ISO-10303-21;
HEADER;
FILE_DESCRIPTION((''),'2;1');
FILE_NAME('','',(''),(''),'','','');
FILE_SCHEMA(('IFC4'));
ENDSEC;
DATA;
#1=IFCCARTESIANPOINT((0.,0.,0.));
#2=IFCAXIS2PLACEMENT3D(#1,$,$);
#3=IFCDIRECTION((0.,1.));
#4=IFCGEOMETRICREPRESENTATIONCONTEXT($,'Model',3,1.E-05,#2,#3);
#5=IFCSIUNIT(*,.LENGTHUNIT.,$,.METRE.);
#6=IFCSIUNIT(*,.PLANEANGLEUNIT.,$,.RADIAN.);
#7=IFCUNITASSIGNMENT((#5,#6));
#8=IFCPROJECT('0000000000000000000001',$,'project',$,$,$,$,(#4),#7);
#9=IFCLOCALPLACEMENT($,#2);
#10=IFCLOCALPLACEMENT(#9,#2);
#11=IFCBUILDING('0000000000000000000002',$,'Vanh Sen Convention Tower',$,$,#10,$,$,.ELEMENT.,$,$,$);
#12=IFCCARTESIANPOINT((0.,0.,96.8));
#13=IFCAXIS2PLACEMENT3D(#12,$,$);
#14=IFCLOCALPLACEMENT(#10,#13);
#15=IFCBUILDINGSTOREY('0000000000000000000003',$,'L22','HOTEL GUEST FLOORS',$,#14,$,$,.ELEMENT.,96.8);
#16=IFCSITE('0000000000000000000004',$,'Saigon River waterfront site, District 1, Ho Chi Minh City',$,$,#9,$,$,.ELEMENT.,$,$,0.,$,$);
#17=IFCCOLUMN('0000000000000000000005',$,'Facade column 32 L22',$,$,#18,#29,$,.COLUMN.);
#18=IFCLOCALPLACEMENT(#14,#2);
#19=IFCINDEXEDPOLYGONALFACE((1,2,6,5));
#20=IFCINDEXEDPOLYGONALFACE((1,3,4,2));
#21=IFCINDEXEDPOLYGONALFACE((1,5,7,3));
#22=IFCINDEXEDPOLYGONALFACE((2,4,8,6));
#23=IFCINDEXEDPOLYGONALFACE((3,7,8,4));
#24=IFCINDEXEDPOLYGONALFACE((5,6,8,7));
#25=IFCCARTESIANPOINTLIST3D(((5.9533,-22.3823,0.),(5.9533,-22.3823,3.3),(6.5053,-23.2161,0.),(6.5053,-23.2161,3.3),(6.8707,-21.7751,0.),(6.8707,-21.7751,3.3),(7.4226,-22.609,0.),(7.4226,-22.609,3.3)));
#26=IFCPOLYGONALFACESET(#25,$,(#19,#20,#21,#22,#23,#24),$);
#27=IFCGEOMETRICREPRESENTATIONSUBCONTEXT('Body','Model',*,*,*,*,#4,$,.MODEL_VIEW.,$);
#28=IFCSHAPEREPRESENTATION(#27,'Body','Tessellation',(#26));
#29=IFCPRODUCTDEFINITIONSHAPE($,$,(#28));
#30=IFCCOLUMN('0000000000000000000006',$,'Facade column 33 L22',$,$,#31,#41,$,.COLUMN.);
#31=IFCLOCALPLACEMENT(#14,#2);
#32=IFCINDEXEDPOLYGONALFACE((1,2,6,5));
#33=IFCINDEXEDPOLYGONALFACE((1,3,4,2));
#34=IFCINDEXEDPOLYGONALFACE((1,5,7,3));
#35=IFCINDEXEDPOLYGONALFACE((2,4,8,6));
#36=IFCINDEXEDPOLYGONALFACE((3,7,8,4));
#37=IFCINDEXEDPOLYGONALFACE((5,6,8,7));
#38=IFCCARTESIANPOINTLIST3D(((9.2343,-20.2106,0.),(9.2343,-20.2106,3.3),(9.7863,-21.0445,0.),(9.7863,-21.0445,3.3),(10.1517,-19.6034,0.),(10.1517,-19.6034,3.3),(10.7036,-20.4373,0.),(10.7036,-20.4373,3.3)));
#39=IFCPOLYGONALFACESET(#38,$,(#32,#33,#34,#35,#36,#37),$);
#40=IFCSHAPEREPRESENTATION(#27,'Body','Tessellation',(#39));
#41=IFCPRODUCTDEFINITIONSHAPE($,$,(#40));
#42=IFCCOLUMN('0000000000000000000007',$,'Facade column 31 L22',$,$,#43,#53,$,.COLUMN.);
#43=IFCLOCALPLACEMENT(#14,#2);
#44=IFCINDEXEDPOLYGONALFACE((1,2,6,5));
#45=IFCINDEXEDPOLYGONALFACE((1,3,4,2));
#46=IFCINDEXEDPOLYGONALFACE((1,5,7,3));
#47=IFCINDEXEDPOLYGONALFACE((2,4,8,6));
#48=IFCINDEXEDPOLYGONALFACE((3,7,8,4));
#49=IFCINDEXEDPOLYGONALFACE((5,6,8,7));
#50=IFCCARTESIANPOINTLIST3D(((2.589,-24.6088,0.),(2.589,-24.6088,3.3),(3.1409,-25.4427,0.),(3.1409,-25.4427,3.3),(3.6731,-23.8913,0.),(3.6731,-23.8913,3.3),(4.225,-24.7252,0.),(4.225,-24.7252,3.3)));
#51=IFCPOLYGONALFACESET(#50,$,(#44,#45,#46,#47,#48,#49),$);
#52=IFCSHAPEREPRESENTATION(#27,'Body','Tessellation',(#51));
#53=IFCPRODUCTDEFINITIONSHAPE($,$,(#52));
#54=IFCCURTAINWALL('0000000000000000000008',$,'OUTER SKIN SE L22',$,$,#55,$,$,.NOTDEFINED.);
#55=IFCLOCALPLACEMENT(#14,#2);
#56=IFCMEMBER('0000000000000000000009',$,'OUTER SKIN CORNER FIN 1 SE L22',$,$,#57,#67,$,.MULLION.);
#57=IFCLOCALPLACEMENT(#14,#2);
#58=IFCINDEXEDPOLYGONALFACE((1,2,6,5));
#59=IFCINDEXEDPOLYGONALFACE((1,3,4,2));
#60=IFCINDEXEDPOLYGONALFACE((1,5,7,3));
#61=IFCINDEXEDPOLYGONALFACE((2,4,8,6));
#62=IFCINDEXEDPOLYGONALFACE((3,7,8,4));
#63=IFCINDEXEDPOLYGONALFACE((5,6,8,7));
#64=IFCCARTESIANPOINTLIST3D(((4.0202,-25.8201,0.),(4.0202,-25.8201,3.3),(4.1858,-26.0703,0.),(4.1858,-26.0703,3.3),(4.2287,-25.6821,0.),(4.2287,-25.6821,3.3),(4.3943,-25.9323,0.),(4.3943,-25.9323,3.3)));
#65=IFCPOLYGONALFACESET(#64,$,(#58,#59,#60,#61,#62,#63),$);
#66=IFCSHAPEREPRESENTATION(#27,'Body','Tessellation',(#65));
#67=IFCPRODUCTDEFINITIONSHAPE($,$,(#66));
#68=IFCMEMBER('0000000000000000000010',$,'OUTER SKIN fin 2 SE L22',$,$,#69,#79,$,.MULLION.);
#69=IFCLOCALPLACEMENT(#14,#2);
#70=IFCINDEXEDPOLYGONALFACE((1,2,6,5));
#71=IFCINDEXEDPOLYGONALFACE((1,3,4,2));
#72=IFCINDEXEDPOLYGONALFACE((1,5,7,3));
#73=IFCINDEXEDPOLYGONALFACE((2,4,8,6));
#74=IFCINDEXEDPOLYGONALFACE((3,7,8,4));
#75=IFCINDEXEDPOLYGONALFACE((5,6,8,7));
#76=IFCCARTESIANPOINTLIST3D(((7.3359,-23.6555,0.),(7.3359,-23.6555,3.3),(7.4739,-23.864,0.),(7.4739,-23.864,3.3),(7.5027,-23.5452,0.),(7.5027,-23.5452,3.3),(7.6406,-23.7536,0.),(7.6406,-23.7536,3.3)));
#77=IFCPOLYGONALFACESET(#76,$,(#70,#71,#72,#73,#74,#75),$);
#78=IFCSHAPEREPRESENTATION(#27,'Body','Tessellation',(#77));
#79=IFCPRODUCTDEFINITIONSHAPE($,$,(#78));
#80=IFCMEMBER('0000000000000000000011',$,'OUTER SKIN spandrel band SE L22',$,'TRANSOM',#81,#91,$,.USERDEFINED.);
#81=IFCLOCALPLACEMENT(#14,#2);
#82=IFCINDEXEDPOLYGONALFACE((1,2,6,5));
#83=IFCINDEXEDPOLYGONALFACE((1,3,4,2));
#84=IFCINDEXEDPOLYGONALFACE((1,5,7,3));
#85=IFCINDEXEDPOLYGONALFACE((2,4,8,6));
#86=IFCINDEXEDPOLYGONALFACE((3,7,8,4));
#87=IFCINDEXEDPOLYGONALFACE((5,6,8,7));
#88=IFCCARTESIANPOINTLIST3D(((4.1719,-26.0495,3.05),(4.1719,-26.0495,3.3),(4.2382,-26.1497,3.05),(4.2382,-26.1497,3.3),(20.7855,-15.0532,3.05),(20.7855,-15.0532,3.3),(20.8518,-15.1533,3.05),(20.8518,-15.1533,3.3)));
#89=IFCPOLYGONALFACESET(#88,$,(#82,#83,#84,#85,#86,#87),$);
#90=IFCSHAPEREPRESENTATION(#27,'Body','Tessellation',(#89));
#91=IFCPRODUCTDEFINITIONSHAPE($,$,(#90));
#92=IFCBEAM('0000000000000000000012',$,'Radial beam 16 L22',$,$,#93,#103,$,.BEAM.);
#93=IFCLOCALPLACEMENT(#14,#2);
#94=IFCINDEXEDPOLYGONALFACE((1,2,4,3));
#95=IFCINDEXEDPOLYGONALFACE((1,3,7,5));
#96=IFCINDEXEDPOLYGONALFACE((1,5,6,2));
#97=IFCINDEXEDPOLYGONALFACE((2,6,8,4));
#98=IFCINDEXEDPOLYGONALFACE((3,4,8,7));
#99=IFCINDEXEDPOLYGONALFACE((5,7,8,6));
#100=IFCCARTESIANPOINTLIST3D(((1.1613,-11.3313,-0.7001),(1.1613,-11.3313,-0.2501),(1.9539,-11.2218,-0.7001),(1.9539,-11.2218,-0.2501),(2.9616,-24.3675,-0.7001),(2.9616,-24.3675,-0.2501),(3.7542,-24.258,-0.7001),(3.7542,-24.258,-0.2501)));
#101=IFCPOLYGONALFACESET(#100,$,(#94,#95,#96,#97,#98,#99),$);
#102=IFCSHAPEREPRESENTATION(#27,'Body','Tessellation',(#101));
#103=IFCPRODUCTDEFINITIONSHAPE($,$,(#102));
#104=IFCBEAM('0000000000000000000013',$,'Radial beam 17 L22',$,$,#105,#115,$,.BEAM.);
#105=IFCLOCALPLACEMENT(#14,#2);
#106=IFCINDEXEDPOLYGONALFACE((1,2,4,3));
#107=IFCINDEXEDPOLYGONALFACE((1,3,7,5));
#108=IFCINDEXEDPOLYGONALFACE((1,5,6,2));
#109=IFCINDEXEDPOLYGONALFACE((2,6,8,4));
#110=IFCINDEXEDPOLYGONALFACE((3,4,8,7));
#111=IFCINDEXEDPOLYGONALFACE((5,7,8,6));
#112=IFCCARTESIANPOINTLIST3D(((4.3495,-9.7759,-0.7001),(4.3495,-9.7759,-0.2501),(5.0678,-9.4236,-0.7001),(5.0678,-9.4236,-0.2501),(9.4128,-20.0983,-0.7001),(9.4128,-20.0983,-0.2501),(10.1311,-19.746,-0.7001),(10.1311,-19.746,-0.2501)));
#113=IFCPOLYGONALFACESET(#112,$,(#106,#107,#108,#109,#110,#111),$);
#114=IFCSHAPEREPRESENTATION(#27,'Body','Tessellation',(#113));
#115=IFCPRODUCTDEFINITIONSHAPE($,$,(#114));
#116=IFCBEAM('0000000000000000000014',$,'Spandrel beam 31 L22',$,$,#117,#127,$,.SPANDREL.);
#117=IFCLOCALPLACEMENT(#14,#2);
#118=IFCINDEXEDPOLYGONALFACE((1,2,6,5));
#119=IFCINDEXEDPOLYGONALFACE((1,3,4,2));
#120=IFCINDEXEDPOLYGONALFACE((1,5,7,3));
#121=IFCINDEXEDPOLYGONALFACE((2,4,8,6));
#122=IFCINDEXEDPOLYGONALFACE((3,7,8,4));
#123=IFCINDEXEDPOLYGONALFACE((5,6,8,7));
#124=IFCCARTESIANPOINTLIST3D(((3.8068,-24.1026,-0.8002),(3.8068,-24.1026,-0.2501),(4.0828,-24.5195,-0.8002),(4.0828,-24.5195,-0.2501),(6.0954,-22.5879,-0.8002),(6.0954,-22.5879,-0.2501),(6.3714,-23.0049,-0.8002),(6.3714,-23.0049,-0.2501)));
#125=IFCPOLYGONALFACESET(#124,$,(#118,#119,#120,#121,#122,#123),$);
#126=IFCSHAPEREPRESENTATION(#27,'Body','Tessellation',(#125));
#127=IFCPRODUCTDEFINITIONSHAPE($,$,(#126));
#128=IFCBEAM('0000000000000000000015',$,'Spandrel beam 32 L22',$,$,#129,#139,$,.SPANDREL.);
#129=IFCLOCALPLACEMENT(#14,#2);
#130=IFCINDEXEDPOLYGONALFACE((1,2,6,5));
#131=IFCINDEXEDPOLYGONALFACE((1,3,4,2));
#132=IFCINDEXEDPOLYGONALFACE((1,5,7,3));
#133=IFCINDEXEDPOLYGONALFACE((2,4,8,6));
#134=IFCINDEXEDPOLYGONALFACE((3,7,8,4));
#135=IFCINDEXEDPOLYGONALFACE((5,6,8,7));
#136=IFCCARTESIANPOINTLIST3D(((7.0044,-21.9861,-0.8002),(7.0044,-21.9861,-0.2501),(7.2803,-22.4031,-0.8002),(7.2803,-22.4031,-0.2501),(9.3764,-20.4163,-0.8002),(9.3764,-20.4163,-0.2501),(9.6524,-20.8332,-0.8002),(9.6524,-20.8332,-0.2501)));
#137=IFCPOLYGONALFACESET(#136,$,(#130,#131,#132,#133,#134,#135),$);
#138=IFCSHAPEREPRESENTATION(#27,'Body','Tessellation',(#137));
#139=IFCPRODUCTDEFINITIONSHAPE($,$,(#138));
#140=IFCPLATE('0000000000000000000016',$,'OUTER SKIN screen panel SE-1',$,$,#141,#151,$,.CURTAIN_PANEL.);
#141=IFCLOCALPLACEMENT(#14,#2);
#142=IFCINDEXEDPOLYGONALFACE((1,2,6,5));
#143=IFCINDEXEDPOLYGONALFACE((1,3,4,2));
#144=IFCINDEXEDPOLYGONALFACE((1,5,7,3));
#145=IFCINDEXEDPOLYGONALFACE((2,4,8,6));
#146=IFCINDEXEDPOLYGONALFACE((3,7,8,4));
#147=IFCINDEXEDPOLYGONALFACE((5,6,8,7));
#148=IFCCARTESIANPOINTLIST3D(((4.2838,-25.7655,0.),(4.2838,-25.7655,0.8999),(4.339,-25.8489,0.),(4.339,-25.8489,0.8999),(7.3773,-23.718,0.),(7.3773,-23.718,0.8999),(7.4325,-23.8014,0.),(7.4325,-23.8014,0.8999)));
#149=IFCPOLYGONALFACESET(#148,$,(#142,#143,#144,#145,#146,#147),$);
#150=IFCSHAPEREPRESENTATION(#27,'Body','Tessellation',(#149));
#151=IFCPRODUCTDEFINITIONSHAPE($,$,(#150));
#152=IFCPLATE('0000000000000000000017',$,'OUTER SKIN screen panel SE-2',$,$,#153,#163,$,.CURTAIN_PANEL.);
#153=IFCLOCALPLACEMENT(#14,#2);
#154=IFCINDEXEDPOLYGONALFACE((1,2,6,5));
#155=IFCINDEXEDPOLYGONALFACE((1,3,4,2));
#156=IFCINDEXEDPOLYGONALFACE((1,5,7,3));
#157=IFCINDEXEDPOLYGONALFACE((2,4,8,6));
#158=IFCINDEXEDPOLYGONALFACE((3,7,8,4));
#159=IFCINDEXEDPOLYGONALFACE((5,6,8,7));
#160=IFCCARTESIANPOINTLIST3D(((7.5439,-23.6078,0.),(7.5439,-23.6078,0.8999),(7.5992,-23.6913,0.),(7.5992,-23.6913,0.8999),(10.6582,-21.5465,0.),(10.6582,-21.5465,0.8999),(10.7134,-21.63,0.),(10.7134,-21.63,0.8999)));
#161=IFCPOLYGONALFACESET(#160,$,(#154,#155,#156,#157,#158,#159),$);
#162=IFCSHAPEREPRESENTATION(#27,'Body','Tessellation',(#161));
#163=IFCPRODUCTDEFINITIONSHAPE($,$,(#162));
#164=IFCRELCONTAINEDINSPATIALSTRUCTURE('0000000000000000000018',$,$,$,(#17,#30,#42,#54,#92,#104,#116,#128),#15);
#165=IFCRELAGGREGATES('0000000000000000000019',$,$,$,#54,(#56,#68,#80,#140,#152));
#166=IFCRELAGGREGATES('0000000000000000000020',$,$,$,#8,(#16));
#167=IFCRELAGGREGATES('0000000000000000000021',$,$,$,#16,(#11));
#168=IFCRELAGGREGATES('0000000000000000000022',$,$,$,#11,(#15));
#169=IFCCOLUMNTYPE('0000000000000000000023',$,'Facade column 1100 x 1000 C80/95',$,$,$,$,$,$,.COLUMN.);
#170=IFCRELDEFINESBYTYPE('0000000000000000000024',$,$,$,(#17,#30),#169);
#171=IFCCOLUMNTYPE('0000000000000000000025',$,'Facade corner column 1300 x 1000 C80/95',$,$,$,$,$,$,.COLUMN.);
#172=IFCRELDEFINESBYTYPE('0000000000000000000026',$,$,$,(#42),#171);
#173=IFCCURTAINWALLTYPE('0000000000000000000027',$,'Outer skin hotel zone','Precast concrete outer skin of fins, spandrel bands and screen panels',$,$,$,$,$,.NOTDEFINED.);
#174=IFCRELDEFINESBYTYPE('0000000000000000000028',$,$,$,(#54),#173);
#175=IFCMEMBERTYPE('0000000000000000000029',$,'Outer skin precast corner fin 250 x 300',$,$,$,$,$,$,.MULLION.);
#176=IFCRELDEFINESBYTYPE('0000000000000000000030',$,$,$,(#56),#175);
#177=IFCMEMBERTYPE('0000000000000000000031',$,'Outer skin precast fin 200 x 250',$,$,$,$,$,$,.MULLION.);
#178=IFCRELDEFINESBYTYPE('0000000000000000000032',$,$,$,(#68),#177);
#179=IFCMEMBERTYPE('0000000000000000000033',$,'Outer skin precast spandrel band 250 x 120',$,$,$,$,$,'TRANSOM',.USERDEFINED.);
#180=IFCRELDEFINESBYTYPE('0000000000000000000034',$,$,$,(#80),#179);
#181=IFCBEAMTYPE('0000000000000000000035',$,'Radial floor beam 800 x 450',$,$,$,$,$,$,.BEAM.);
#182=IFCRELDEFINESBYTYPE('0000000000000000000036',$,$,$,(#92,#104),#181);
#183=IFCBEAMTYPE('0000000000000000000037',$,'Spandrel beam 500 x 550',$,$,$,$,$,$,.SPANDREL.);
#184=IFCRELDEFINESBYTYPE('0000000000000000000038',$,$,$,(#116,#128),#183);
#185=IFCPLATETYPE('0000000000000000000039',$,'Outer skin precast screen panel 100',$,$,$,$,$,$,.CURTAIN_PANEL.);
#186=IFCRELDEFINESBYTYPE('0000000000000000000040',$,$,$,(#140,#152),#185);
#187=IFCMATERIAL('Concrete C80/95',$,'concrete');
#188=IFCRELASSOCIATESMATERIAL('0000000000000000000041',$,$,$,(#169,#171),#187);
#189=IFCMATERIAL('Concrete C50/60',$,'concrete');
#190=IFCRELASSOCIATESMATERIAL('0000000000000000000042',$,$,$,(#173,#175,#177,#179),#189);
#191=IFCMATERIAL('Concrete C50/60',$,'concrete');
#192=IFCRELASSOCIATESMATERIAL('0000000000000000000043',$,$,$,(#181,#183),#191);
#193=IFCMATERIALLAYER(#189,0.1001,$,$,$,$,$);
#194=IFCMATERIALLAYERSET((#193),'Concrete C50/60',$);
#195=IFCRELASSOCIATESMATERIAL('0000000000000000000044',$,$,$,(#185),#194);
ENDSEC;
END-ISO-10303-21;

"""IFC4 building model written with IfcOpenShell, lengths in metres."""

from ifc_helpers import new_model, si_unit, direction, frame, origin, origin_2d, place, context, subcontext, project, spatial, rectangle, extrude, material, layer, layer_set, material_profile, profile_set, type_object, element, aggregate, save


model = new_model("IFC4")

# Units and contexts
model_context = context("Model", 3, precision=1e-05, world=origin(), true_north=direction((0.0, 1.0)))
body_context = subcontext(model_context, "Body", "Model", "MODEL_VIEW")
ifc_project = project(units=[si_unit("LENGTHUNIT", "METRE"), si_unit("PLANEANGLEUNIT", "RADIAN")], contexts=[model_context])

# Site, building, storey
site_placement = place(None, origin())
site = spatial("IfcSite", under=ifc_project, at=site_placement, Name="Saigon River waterfront site, District 1, Ho Chi Minh City", CompositionType="ELEMENT", RefElevation=0.0)
building_placement = place(site_placement, origin())
building = spatial("IfcBuilding", under=site, at=building_placement, Name="Vanh Sen Convention Tower", CompositionType="ELEMENT")
storey_placement = place(building_placement, frame((0.0, 0.0, 96.8)))
storey = spatial("IfcBuildingStorey", under=building, at=storey_placement, Name="L22", Description="HOTEL GUEST FLOORS", CompositionType="ELEMENT", Elevation=96.8)

# Columns
ifc_material_1 = material(Name="Concrete C80/95", Category="concrete")
ifc_material_profile_1 = material_profile(ifc_material_1, rectangle(XDim=1.1001, YDim=1.0, at=origin_2d()), Name="RC 1100X1000")
ifc_profile_set_1 = profile_set([ifc_material_profile_1], Name="Concrete C80/95")
column_type_1 = type_object("IfcColumnType", Name="Facade column 1100 x 1000 C80/95", PredefinedType="COLUMN", material=ifc_profile_set_1)
for number, where, z_axis, x_axis, name in (
    (1, (6.688, -22.4956, 0.0), (0.0, 0.0, 1.0), (0.833886, 0.551937, 0.0), "Facade column 32 L22"),
    (2, (9.969, -20.324, 0.0), (0.0, 0.0, 1.0), (0.833886, 0.551937, 0.0), "Facade column 33 L22"),
):
    element("IfcColumn", number, at=place(storey_placement, frame(where, z_axis=z_axis, x_axis=x_axis)), inside=storey, type_object=column_type_1, Name=name, PredefinedType="COLUMN", context=body_context, shape_type="SweptSolid", body=[
        extrude(rectangle(XDim=1.1001, YDim=1.0, at=origin_2d()), origin(), (0.0, 0.0, 1.0), 3.3),
    ])
ifc_material_profile_2 = material_profile(ifc_material_1, rectangle(XDim=1.3, YDim=1.0, at=origin_2d()), Name="RC 1300X1000")
ifc_profile_set_2 = profile_set([ifc_material_profile_2], Name="Concrete C80/95")
column_type_2 = type_object("IfcColumnType", Name="Facade corner column 1300 x 1000 C80/95", PredefinedType="COLUMN", material=ifc_profile_set_2)
column_placement = place(storey_placement, frame((3.407, -24.667, 0.0), z_axis=(0.0, 0.0, 1.0), x_axis=(0.833886, 0.551937, 0.0)))
element("IfcColumn", 3, at=column_placement, inside=storey, type_object=column_type_2, Name="Facade column 31 L22", PredefinedType="COLUMN", context=body_context, shape_type="SweptSolid", body=[
    extrude(rectangle(XDim=1.3, YDim=1.0, at=origin_2d()), origin(), (0.0, 0.0, 1.0), 3.3),
])

# Curtain wall, members
ifc_material_2 = material(Name="Concrete C50/60", Category="concrete")
curtain_wall_type = type_object("IfcCurtainWallType", Name="Outer skin hotel zone", Description="Precast concrete outer skin of fins, spandrel bands and screen panels", PredefinedType="NOTDEFINED", material=ifc_material_2)
curtain_wall_placement = place(storey_placement, origin())
curtain_wall = element("IfcCurtainWall", 4, at=curtain_wall_placement, inside=storey, type_object=curtain_wall_type, Name="OUTER SKIN SE L22", PredefinedType="NOTDEFINED")
ifc_material_profile_3 = material_profile(ifc_material_2, rectangle(XDim=0.25, YDim=0.3, at=origin_2d()), Name="Outer skin precast corner fin 250 x 300")
ifc_profile_set_3 = profile_set([ifc_material_profile_3], Name="Concrete C50/60")
member_type_1 = type_object("IfcMemberType", Name="Outer skin precast corner fin 250 x 300", PredefinedType="MULLION", material=ifc_profile_set_3)
member_1_placement = place(storey_placement, frame((4.2073, -25.8762, 0.0), z_axis=(0.0, 0.0, 1.0), x_axis=(0.833886, 0.551937, 0.0)))
member_1 = element("IfcMember", 5, at=member_1_placement, type_object=member_type_1, Name="OUTER SKIN CORNER FIN 1 SE L22", PredefinedType="MULLION", context=body_context, shape_type="SweptSolid", body=[
    extrude(rectangle(XDim=0.25, YDim=0.3, at=origin_2d()), origin(), (0.0, 0.0, 1.0), 3.3),
])
ifc_material_profile_4 = material_profile(ifc_material_2, rectangle(XDim=0.2, YDim=0.25, at=origin_2d()), Name="Outer skin precast fin 200 x 250")
ifc_profile_set_4 = profile_set([ifc_material_profile_4], Name="Concrete C50/60")
member_type_2 = type_object("IfcMemberType", Name="Outer skin precast fin 200 x 250", PredefinedType="MULLION", material=ifc_profile_set_4)
member_2_placement = place(storey_placement, frame((7.4883, -23.7046, 0.0), z_axis=(0.0, 0.0, 1.0), x_axis=(0.833886, 0.551937, 0.0)))
member_2 = element("IfcMember", 6, at=member_2_placement, type_object=member_type_2, Name="OUTER SKIN fin 2 SE L22", PredefinedType="MULLION", context=body_context, shape_type="SweptSolid", body=[
    extrude(rectangle(XDim=0.2, YDim=0.25, at=origin_2d()), origin(), (0.0, 0.0, 1.0), 3.3),
])
ifc_material_profile_5 = material_profile(ifc_material_2, rectangle(XDim=0.1201, YDim=0.25, at=origin_2d()), Name="Outer skin precast spandrel band 250 x 120")
ifc_profile_set_5 = profile_set([ifc_material_profile_5], Name="Concrete C50/60")
member_type_3 = type_object("IfcMemberType", Name="Outer skin precast spandrel band 250 x 120", ElementType="TRANSOM", PredefinedType="USERDEFINED", material=ifc_profile_set_5)
member_3_placement = place(storey_placement, frame((4.2051, -26.0996, 3.175), z_axis=(0.833884, 0.55194, 0.0), x_axis=(-0.55194, 0.833884, 0.0)))
member_3 = element("IfcMember", 7, at=member_3_placement, type_object=member_type_3, Name="OUTER SKIN spandrel band SE L22", ObjectType="TRANSOM", PredefinedType="USERDEFINED", context=body_context, shape_type="SweptSolid", body=[
    extrude(rectangle(XDim=0.1201, YDim=0.25, at=origin_2d()), origin(), (0.0, 0.0, 1.0), 19.9231),
])

# Beams
ifc_material_3 = material(Name="Concrete C50/60", Category="concrete")
ifc_material_profile_6 = material_profile(ifc_material_3, rectangle(XDim=0.8, YDim=0.45, at=origin_2d()), Name="RC 800X450")
ifc_profile_set_6 = profile_set([ifc_material_profile_6], Name="Concrete C50/60")
beam_type_1 = type_object("IfcBeamType", Name="Radial floor beam 800 x 450", PredefinedType="BEAM", material=ifc_profile_set_6)
beam_1_placement = place(storey_placement, frame((3.3579, -24.3127, -0.4751), z_axis=(-0.136802, 0.990598, 0.0), x_axis=(-0.990598, -0.136802, 0.0)))
element("IfcBeam", 8, at=beam_1_placement, inside=storey, type_object=beam_type_1, Name="Radial beam 16 L22", PredefinedType="BEAM", context=body_context, shape_type="SweptSolid", body=[
    extrude(rectangle(XDim=0.8, YDim=0.45, at=origin_2d()), origin(), (0.0, 0.0, 1.0), 13.1599),
])
beam_2_placement = place(storey_placement, frame((9.772, -19.9221, -0.4751), z_axis=(-0.440389, 0.897807, 0.0), x_axis=(-0.897807, -0.440389, 0.0)))
element("IfcBeam", 9, at=beam_2_placement, inside=storey, type_object=beam_type_1, Name="Radial beam 17 L22", PredefinedType="BEAM", context=body_context, shape_type="SweptSolid", body=[
    extrude(rectangle(XDim=0.8, YDim=0.45, at=origin_2d()), origin(), (0.0, 0.0, 1.0), 11.4973),
])
ifc_material_profile_7 = material_profile(ifc_material_3, rectangle(XDim=0.5, YDim=0.55, at=origin_2d()), Name="RC 500X550")
ifc_profile_set_7 = profile_set([ifc_material_profile_7], Name="Concrete C50/60")
beam_type_2 = type_object("IfcBeamType", Name="Spandrel beam 500 x 550", PredefinedType="SPANDREL", material=ifc_profile_set_7)
beam_3_placement = place(storey_placement, frame((3.9448, -24.311, -0.5251), z_axis=(0.833907, 0.551905, 0.0), x_axis=(-0.551905, 0.833907, 0.0)))
element("IfcBeam", 10, at=beam_3_placement, inside=storey, type_object=beam_type_2, Name="Spandrel beam 31 L22", PredefinedType="SPANDREL", context=body_context, shape_type="SweptSolid", body=[
    extrude(rectangle(XDim=0.5, YDim=0.55, at=origin_2d()), origin(), (0.0, 0.0, 1.0), 2.7444),
])
beam_4_placement = place(storey_placement, frame((7.1423, -22.1946, -0.5251), z_axis=(0.833921, 0.551884, 0.0), x_axis=(-0.551884, 0.833921, 0.0)))
element("IfcBeam", 11, at=beam_4_placement, inside=storey, type_object=beam_type_2, Name="Spandrel beam 32 L22", PredefinedType="SPANDREL", context=body_context, shape_type="SweptSolid", body=[
    extrude(rectangle(XDim=0.5, YDim=0.55, at=origin_2d()), origin(), (0.0, 0.0, 1.0), 2.8445),
])

# Plates
ifc_layer_1 = layer(ifc_material_2, 0.1001)
ifc_layer_set_1 = layer_set([ifc_layer_1], Name="Concrete C50/60")
plate_type = type_object("IfcPlateType", Name="Outer skin precast screen panel 100", PredefinedType="CURTAIN_PANEL", material=ifc_layer_set_1)
plate_1_placement = place(storey_placement, frame((5.8582, -24.7834, 0.0), z_axis=(0.0, 0.0, 1.0), x_axis=(0.833892, 0.551928, 0.0)))
plate_1 = element("IfcPlate", 12, at=plate_1_placement, type_object=plate_type, Name="OUTER SKIN screen panel SE-1", PredefinedType="CURTAIN_PANEL", context=body_context, shape_type="SweptSolid", body=[
    extrude(rectangle(XDim=3.7097, YDim=0.1001, at=origin_2d()), origin(), (0.0, 0.0, 1.0), 0.8999),
])
plate_2_placement = place(storey_placement, frame((9.1287, -22.6189, 0.0), z_axis=(0.0, 0.0, 1.0), x_axis=(0.833892, 0.551928, 0.0)))
plate_2 = element("IfcPlate", 13, at=plate_2_placement, type_object=plate_type, Name="OUTER SKIN screen panel SE-2", PredefinedType="CURTAIN_PANEL", context=body_context, shape_type="SweptSolid", body=[
    extrude(rectangle(XDim=3.7346, YDim=0.1001, at=origin_2d()), origin(), (0.0, 0.0, 1.0), 0.8999),
])
aggregate(curtain_wall, [member_1, member_2, member_3, plate_1, plate_2])

save(model, "model.ifc")
